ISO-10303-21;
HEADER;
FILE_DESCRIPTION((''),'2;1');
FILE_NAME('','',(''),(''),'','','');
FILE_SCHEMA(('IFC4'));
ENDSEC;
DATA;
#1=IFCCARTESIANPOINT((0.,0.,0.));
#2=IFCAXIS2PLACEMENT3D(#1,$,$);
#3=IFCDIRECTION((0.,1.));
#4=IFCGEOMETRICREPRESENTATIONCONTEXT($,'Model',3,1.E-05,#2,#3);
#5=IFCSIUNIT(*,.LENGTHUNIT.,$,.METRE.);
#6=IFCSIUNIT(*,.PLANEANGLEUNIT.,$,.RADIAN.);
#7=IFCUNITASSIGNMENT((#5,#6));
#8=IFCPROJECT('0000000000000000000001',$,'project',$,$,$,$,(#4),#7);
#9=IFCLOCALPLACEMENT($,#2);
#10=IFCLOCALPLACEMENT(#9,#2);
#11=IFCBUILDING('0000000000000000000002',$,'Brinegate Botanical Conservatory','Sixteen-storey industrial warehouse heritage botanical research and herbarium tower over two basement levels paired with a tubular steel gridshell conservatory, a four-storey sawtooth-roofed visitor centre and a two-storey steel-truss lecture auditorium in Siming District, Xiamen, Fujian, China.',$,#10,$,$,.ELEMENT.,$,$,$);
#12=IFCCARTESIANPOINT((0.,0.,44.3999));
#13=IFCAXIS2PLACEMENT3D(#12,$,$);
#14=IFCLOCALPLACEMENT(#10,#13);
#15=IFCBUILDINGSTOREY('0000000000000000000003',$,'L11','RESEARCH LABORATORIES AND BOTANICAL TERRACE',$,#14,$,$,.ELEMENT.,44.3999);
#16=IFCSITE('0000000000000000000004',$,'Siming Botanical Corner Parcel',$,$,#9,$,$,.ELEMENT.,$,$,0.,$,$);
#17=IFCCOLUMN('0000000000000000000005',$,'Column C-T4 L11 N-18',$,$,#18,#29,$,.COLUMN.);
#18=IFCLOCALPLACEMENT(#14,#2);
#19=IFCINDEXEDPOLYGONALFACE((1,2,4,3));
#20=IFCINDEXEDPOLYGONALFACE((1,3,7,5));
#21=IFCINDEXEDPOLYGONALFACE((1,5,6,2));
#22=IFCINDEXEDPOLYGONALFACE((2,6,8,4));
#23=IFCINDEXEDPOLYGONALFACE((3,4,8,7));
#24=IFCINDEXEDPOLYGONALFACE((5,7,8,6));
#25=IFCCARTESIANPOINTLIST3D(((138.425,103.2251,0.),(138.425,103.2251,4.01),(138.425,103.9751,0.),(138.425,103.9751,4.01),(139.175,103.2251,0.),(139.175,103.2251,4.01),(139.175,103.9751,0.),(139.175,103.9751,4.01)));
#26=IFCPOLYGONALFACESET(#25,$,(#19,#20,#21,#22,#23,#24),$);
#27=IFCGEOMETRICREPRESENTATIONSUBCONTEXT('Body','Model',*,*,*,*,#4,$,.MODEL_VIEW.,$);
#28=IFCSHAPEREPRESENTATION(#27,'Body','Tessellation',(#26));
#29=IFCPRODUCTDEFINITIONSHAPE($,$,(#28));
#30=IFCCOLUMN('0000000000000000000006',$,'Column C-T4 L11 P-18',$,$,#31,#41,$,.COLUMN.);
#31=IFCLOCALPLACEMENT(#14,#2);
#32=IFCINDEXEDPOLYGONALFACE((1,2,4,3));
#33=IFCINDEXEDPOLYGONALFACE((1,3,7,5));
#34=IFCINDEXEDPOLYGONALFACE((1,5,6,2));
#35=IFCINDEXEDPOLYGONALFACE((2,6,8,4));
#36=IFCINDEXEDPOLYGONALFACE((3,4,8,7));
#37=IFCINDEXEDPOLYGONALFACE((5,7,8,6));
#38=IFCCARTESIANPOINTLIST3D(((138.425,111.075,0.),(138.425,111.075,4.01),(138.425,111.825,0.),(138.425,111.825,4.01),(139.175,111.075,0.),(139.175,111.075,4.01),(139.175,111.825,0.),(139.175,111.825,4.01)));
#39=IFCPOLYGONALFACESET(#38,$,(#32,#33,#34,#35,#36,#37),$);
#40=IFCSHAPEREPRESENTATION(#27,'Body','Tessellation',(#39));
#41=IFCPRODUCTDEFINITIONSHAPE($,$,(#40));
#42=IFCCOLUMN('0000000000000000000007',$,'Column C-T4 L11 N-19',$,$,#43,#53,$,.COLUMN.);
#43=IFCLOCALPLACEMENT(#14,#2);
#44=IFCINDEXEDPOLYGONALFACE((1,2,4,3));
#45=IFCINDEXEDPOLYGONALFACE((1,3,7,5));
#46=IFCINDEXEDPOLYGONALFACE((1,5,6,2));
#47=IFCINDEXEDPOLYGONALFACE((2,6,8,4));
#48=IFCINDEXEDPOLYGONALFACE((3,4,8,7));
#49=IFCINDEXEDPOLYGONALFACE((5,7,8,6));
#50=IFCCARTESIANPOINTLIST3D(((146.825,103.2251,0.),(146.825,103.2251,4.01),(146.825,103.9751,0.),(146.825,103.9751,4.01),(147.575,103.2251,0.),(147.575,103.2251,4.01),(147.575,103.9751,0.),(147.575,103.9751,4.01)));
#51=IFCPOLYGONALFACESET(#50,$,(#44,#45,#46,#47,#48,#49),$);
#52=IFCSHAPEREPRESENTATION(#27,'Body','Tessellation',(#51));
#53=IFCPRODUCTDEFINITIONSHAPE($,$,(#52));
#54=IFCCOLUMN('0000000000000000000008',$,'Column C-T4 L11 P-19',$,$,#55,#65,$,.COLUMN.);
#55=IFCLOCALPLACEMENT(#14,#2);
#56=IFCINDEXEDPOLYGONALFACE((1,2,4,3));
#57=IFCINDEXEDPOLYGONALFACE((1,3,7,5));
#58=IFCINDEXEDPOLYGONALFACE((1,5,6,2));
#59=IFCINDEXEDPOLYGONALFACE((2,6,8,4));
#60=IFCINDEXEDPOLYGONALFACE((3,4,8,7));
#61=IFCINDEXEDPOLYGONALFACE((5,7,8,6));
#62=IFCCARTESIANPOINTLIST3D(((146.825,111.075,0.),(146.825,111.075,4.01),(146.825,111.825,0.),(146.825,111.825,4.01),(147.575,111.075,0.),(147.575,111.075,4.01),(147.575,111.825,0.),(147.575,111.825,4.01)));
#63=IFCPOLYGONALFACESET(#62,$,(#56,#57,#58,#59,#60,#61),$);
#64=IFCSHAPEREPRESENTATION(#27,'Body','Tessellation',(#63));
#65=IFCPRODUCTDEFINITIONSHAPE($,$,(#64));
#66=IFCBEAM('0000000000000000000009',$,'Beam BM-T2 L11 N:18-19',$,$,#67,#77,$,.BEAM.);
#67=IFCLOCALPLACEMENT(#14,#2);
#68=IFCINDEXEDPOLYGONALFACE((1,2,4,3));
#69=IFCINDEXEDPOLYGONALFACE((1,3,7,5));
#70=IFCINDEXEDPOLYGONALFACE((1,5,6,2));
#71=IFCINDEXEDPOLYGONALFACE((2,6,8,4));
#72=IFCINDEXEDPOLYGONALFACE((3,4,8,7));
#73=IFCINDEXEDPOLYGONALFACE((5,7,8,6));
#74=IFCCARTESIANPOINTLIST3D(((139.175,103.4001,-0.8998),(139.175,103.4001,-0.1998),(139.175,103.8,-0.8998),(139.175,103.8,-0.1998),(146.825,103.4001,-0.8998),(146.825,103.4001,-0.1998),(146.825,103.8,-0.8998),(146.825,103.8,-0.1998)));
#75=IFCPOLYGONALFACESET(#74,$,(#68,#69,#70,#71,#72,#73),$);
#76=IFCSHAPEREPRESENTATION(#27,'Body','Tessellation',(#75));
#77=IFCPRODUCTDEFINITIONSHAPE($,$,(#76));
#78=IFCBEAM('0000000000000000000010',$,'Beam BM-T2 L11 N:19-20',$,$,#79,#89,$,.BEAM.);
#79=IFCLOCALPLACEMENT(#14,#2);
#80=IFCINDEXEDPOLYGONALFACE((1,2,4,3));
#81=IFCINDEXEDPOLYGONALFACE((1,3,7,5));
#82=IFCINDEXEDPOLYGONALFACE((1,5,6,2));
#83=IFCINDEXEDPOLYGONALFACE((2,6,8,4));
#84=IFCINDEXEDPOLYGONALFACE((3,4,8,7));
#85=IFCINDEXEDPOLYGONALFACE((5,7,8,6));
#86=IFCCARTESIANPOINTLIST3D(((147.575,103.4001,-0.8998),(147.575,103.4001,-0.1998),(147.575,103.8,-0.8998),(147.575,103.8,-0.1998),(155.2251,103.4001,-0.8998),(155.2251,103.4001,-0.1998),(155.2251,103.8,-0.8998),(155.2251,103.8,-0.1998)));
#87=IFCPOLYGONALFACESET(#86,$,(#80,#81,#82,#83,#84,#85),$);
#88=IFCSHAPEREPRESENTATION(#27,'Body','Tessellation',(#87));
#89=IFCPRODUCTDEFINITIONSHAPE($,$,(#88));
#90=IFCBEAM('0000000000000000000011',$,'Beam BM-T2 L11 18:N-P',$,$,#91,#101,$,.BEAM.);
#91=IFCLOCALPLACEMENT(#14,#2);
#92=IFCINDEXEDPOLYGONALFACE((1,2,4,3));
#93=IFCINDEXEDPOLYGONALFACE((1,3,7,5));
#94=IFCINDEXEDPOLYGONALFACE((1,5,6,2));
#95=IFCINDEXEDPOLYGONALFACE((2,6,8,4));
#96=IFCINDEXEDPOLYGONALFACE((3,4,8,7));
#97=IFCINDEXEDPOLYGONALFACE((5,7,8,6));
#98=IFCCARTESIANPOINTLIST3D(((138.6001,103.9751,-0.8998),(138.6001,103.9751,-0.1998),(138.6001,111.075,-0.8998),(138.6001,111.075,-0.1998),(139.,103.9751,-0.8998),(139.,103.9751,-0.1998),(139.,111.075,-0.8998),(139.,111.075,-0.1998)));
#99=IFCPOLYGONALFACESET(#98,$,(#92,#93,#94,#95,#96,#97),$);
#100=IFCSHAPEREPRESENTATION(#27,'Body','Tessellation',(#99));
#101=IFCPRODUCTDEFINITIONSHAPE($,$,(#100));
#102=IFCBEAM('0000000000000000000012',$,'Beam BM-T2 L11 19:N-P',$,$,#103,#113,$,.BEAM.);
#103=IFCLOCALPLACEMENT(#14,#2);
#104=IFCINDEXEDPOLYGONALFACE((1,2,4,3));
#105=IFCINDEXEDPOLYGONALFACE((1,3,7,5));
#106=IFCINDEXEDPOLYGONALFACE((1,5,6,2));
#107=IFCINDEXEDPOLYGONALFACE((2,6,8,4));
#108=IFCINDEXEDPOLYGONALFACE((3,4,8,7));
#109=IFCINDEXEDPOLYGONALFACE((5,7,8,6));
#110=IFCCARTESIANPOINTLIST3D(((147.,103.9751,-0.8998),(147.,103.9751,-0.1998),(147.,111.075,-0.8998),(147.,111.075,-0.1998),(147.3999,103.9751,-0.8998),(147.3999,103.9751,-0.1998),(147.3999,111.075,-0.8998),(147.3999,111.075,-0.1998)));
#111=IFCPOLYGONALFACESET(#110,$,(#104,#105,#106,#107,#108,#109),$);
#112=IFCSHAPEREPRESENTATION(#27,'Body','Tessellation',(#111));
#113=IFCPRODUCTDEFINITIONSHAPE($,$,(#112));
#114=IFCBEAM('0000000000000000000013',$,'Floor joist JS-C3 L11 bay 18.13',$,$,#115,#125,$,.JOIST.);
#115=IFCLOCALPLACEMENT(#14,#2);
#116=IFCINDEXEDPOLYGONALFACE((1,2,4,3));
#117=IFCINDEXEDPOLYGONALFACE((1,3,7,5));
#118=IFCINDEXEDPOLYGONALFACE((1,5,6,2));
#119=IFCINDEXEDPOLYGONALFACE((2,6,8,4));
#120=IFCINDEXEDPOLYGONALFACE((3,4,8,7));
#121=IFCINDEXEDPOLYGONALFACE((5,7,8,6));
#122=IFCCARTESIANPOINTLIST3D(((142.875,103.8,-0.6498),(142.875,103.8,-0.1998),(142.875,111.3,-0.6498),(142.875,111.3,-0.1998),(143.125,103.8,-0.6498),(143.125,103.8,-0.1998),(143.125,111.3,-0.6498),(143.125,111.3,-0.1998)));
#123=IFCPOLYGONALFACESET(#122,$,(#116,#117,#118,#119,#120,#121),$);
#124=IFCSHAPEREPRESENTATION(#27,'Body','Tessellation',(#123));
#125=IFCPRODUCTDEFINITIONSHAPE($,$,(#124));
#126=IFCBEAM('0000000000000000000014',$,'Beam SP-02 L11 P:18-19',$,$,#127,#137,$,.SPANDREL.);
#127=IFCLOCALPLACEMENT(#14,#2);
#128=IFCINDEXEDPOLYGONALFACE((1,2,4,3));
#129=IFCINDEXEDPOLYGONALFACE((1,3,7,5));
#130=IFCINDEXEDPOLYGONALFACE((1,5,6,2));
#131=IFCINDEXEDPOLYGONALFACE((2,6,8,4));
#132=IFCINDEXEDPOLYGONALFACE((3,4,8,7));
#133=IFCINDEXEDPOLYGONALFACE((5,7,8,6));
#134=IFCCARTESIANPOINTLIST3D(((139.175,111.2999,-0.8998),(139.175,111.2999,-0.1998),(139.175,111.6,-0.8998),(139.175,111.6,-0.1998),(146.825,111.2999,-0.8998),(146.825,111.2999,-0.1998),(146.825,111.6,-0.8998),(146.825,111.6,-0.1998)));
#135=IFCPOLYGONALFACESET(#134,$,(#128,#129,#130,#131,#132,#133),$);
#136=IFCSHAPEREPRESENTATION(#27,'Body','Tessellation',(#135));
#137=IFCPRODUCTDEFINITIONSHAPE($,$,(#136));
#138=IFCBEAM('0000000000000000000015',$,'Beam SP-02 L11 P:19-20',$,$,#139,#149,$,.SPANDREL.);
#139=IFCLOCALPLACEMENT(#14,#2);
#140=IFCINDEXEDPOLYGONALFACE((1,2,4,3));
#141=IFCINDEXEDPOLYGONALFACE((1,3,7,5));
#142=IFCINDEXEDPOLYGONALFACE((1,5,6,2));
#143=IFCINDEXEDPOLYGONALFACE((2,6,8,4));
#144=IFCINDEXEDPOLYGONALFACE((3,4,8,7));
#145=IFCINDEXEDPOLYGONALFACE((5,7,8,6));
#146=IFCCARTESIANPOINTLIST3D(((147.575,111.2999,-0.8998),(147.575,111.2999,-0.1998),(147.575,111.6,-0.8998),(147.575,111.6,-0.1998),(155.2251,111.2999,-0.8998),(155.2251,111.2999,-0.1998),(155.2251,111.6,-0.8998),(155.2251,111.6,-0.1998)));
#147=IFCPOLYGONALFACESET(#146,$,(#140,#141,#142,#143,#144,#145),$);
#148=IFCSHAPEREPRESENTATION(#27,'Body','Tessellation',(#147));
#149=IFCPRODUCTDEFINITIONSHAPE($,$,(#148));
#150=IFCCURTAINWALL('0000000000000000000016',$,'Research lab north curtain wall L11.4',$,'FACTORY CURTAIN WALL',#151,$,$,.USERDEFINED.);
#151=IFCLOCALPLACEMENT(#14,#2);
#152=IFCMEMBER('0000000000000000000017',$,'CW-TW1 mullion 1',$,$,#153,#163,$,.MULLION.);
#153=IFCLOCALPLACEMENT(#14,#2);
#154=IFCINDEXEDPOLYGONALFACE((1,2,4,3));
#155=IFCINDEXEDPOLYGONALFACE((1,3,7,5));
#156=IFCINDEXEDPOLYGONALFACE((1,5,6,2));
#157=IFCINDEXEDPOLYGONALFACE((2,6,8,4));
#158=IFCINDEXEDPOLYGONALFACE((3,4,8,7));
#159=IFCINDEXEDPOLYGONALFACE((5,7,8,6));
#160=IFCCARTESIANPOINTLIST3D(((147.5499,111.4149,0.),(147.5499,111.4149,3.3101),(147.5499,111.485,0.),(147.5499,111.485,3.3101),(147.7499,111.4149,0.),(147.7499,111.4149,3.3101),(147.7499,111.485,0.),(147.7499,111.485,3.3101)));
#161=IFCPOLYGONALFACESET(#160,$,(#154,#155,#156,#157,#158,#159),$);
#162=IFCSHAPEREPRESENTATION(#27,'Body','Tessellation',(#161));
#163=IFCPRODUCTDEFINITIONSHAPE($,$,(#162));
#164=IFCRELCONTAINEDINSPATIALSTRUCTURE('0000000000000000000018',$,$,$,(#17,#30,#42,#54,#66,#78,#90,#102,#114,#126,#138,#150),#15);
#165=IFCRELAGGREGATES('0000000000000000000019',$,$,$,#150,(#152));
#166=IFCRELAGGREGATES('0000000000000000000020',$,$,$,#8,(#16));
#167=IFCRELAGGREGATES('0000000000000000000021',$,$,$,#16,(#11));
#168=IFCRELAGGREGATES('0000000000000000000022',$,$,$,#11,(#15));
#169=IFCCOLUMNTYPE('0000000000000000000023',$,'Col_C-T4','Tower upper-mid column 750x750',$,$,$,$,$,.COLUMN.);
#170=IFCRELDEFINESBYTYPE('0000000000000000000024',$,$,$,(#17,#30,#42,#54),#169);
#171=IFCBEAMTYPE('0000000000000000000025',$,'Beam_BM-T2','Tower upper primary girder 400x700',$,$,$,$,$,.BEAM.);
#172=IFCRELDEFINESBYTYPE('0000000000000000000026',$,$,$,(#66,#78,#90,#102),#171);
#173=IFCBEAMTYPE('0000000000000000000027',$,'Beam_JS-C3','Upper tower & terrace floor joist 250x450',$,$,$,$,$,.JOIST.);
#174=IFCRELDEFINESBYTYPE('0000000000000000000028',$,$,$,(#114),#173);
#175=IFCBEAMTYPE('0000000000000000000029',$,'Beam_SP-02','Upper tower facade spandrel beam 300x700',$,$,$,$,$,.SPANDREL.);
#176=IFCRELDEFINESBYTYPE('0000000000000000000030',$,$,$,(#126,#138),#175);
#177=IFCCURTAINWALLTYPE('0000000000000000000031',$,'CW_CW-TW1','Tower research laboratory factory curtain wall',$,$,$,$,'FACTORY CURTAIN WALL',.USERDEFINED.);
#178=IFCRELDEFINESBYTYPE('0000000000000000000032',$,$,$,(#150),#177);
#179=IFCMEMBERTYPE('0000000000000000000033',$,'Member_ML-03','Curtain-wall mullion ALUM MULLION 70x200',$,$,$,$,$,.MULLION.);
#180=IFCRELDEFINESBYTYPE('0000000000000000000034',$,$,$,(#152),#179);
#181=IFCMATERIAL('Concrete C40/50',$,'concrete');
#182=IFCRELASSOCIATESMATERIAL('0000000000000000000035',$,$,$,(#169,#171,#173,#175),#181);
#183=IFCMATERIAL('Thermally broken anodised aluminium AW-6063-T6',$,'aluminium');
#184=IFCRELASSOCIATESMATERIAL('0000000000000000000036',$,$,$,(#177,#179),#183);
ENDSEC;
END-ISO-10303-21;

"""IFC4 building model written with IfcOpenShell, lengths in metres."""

from ifc_helpers import new_model, si_unit, direction, frame, origin, origin_2d, place, context, subcontext, project, spatial, rectangle, extrude, material, material_profile, profile_set, type_object, element, aggregate, save


model = new_model("IFC4")

# Units and contexts
model_context = context("Model", 3, precision=1e-05, world=origin(), true_north=direction((0.0, 1.0)))
body_context = subcontext(model_context, "Body", "Model", "MODEL_VIEW")
ifc_project = project(units=[si_unit("LENGTHUNIT", "METRE"), si_unit("PLANEANGLEUNIT", "RADIAN")], contexts=[model_context])

# Site, building, storey
site_placement = place(None, origin())
site = spatial("IfcSite", under=ifc_project, at=site_placement, Name="Siming Botanical Corner Parcel", CompositionType="ELEMENT", RefElevation=0.0)
building_placement = place(site_placement, origin())
building = spatial("IfcBuilding", under=site, at=building_placement, Name="Brinegate Botanical Conservatory", Description="Sixteen-storey industrial warehouse heritage botanical research and herbarium tower over two basement levels paired with a tubular steel gridshell conservatory, a four-storey sawtooth-roofed visitor centre and a two-storey steel-truss lecture auditorium in Siming District, Xiamen, Fujian, China.", CompositionType="ELEMENT")
storey_placement = place(building_placement, frame((0.0, 0.0, 44.3999)))
storey = spatial("IfcBuildingStorey", under=building, at=storey_placement, Name="L11", Description="RESEARCH LABORATORIES AND BOTANICAL TERRACE", CompositionType="ELEMENT", Elevation=44.3999)

# Columns
ifc_material_1 = material(Name="Concrete C40/50", Category="concrete")
ifc_material_profile_1 = material_profile(ifc_material_1, rectangle(XDim=0.75, YDim=0.75, at=origin_2d()), Name="RC COL 750x750")
ifc_profile_set_1 = profile_set([ifc_material_profile_1], Name="Concrete C40/50")
column_type = type_object("IfcColumnType", Name="Col_C-T4", Description="Tower upper-mid column 750x750", PredefinedType="COLUMN", material=ifc_profile_set_1)
for number, where, z_axis, x_axis, name in (
    (1, (138.8, 103.6001, 0.0), (0.0, 0.0, 1.0), (1.0, 0.0, 0.0), "Column C-T4 L11 N-18"),
    (2, (138.8, 111.45, 0.0), (0.0, 0.0, 1.0), (1.0, 0.0, 0.0), "Column C-T4 L11 P-18"),
    (3, (147.2, 103.6001, 0.0), (0.0, 0.0, 1.0), (1.0, 0.0, 0.0), "Column C-T4 L11 N-19"),
    (4, (147.2, 111.45, 0.0), (0.0, 0.0, 1.0), (1.0, 0.0, 0.0), "Column C-T4 L11 P-19"),
):
    element("IfcColumn", number, at=place(storey_placement, frame(where, z_axis=z_axis, x_axis=x_axis)), inside=storey, type_object=column_type, Name=name, PredefinedType="COLUMN", context=body_context, shape_type="SweptSolid", body=[
        extrude(rectangle(XDim=0.75, YDim=0.75, at=origin_2d()), origin(), (0.0, 0.0, 1.0), 4.01),
    ])

# Beams
ifc_material_profile_2 = material_profile(ifc_material_1, rectangle(XDim=0.3999, YDim=0.7, at=origin_2d()), Name="RC BM 400x700")
ifc_profile_set_2 = profile_set([ifc_material_profile_2], Name="Concrete C40/50")
beam_type_1 = type_object("IfcBeamType", Name="Beam_BM-T2", Description="Tower upper primary girder 400x700", PredefinedType="BEAM", material=ifc_profile_set_2)
beam_1_placement = place(storey_placement, frame((139.175, 103.6001, -0.5498), z_axis=(1.0, 0.0, 0.0), x_axis=(0.0, 1.0, 0.0)))
element("IfcBeam", 5, at=beam_1_placement, inside=storey, type_object=beam_type_1, Name="Beam BM-T2 L11 N:18-19", PredefinedType="BEAM", context=body_context, shape_type="SweptSolid", body=[
    extrude(rectangle(XDim=0.3999, YDim=0.7, at=origin_2d()), origin(), (0.0, 0.0, 1.0), 7.6499),
])
beam_2_placement = place(storey_placement, frame((147.575, 103.6001, -0.5498), z_axis=(1.0, 0.0, 0.0), x_axis=(0.0, 1.0, 0.0)))
element("IfcBeam", 6, at=beam_2_placement, inside=storey, type_object=beam_type_1, Name="Beam BM-T2 L11 N:19-20", PredefinedType="BEAM", context=body_context, shape_type="SweptSolid", body=[
    extrude(rectangle(XDim=0.3999, YDim=0.7, at=origin_2d()), origin(), (0.0, 0.0, 1.0), 7.6501),
])
for number, where, z_axis, x_axis, name in (
    (7, (138.8, 103.9751, -0.5498), (0.0, 1.0, 0.0), (-1.0, 0.0, 0.0), "Beam BM-T2 L11 18:N-P"),
    (8, (147.2, 103.9751, -0.5498), (0.0, 1.0, 0.0), (-1.0, 0.0, 0.0), "Beam BM-T2 L11 19:N-P"),
):
    element("IfcBeam", number, at=place(storey_placement, frame(where, z_axis=z_axis, x_axis=x_axis)), inside=storey, type_object=beam_type_1, Name=name, PredefinedType="BEAM", context=body_context, shape_type="SweptSolid", body=[
        extrude(rectangle(XDim=0.3999, YDim=0.7, at=origin_2d()), origin(), (0.0, 0.0, 1.0), 7.0999),
    ])
ifc_material_profile_3 = material_profile(ifc_material_1, rectangle(XDim=0.25, YDim=0.45, at=origin_2d()), Name="RC JST 250x450")
ifc_profile_set_3 = profile_set([ifc_material_profile_3], Name="Concrete C40/50")
beam_type_2 = type_object("IfcBeamType", Name="Beam_JS-C3", Description="Upper tower & terrace floor joist 250x450", PredefinedType="JOIST", material=ifc_profile_set_3)
beam_3_placement = place(storey_placement, frame((143.0, 103.8, -0.4248), z_axis=(0.0, 1.0, 0.0), x_axis=(-1.0, 0.0, 0.0)))
element("IfcBeam", 9, at=beam_3_placement, inside=storey, type_object=beam_type_2, Name="Floor joist JS-C3 L11 bay 18.13", PredefinedType="JOIST", context=body_context, shape_type="SweptSolid", body=[
    extrude(rectangle(XDim=0.25, YDim=0.45, at=origin_2d()), origin(), (0.0, 0.0, 1.0), 7.5),
])
ifc_material_profile_4 = material_profile(ifc_material_1, rectangle(XDim=0.3, YDim=0.7, at=origin_2d()), Name="RC SPN 300x700")
ifc_profile_set_4 = profile_set([ifc_material_profile_4], Name="Concrete C40/50")
beam_type_3 = type_object("IfcBeamType", Name="Beam_SP-02", Description="Upper tower facade spandrel beam 300x700", PredefinedType="SPANDREL", material=ifc_profile_set_4)
beam_4_placement = place(storey_placement, frame((139.175, 111.45, -0.5498), z_axis=(1.0, 0.0, 0.0), x_axis=(0.0, 1.0, 0.0)))
element("IfcBeam", 10, at=beam_4_placement, inside=storey, type_object=beam_type_3, Name="Beam SP-02 L11 P:18-19", PredefinedType="SPANDREL", context=body_context, shape_type="SweptSolid", body=[
    extrude(rectangle(XDim=0.3, YDim=0.7, at=origin_2d()), origin(), (0.0, 0.0, 1.0), 7.6499),
])
beam_5_placement = place(storey_placement, frame((147.575, 111.45, -0.5498), z_axis=(1.0, 0.0, 0.0), x_axis=(0.0, 1.0, 0.0)))
element("IfcBeam", 11, at=beam_5_placement, inside=storey, type_object=beam_type_3, Name="Beam SP-02 L11 P:19-20", PredefinedType="SPANDREL", context=body_context, shape_type="SweptSolid", body=[
    extrude(rectangle(XDim=0.3, YDim=0.7, at=origin_2d()), origin(), (0.0, 0.0, 1.0), 7.6501),
])

# Curtain wall, member
ifc_material_2 = material(Name="Thermally broken anodised aluminium AW-6063-T6", Category="aluminium")
curtain_wall_type = type_object("IfcCurtainWallType", Name="CW_CW-TW1", Description="Tower research laboratory factory curtain wall", ElementType="FACTORY CURTAIN WALL", PredefinedType="USERDEFINED", material=ifc_material_2)
curtain_wall_placement = place(storey_placement, origin())
curtain_wall = element("IfcCurtainWall", 12, at=curtain_wall_placement, inside=storey, type_object=curtain_wall_type, Name="Research lab north curtain wall L11.4", ObjectType="FACTORY CURTAIN WALL", PredefinedType="USERDEFINED")
ifc_material_profile_5 = material_profile(ifc_material_2, rectangle(XDim=0.0701, YDim=0.2, at=origin_2d()), Name="ALUM MULLION 70x200")
ifc_profile_set_5 = profile_set([ifc_material_profile_5], Name="Thermally broken anodised aluminium AW-6063-T6")
member_type = type_object("IfcMemberType", Name="Member_ML-03", Description="Curtain-wall mullion ALUM MULLION 70x200", PredefinedType="MULLION", material=ifc_profile_set_5)
member_placement = place(storey_placement, frame((147.6499, 111.45, 0.0), z_axis=(0.0, 0.0, 1.0), x_axis=(0.0, 1.0, 0.0)))
member = element("IfcMember", 13, at=member_placement, type_object=member_type, Name="CW-TW1 mullion 1", PredefinedType="MULLION", context=body_context, shape_type="SweptSolid", body=[
    extrude(rectangle(XDim=0.0701, YDim=0.2, at=origin_2d()), origin(), (0.0, 0.0, 1.0), 3.3101),
])
aggregate(curtain_wall, [member])

save(model, "model.ifc")
